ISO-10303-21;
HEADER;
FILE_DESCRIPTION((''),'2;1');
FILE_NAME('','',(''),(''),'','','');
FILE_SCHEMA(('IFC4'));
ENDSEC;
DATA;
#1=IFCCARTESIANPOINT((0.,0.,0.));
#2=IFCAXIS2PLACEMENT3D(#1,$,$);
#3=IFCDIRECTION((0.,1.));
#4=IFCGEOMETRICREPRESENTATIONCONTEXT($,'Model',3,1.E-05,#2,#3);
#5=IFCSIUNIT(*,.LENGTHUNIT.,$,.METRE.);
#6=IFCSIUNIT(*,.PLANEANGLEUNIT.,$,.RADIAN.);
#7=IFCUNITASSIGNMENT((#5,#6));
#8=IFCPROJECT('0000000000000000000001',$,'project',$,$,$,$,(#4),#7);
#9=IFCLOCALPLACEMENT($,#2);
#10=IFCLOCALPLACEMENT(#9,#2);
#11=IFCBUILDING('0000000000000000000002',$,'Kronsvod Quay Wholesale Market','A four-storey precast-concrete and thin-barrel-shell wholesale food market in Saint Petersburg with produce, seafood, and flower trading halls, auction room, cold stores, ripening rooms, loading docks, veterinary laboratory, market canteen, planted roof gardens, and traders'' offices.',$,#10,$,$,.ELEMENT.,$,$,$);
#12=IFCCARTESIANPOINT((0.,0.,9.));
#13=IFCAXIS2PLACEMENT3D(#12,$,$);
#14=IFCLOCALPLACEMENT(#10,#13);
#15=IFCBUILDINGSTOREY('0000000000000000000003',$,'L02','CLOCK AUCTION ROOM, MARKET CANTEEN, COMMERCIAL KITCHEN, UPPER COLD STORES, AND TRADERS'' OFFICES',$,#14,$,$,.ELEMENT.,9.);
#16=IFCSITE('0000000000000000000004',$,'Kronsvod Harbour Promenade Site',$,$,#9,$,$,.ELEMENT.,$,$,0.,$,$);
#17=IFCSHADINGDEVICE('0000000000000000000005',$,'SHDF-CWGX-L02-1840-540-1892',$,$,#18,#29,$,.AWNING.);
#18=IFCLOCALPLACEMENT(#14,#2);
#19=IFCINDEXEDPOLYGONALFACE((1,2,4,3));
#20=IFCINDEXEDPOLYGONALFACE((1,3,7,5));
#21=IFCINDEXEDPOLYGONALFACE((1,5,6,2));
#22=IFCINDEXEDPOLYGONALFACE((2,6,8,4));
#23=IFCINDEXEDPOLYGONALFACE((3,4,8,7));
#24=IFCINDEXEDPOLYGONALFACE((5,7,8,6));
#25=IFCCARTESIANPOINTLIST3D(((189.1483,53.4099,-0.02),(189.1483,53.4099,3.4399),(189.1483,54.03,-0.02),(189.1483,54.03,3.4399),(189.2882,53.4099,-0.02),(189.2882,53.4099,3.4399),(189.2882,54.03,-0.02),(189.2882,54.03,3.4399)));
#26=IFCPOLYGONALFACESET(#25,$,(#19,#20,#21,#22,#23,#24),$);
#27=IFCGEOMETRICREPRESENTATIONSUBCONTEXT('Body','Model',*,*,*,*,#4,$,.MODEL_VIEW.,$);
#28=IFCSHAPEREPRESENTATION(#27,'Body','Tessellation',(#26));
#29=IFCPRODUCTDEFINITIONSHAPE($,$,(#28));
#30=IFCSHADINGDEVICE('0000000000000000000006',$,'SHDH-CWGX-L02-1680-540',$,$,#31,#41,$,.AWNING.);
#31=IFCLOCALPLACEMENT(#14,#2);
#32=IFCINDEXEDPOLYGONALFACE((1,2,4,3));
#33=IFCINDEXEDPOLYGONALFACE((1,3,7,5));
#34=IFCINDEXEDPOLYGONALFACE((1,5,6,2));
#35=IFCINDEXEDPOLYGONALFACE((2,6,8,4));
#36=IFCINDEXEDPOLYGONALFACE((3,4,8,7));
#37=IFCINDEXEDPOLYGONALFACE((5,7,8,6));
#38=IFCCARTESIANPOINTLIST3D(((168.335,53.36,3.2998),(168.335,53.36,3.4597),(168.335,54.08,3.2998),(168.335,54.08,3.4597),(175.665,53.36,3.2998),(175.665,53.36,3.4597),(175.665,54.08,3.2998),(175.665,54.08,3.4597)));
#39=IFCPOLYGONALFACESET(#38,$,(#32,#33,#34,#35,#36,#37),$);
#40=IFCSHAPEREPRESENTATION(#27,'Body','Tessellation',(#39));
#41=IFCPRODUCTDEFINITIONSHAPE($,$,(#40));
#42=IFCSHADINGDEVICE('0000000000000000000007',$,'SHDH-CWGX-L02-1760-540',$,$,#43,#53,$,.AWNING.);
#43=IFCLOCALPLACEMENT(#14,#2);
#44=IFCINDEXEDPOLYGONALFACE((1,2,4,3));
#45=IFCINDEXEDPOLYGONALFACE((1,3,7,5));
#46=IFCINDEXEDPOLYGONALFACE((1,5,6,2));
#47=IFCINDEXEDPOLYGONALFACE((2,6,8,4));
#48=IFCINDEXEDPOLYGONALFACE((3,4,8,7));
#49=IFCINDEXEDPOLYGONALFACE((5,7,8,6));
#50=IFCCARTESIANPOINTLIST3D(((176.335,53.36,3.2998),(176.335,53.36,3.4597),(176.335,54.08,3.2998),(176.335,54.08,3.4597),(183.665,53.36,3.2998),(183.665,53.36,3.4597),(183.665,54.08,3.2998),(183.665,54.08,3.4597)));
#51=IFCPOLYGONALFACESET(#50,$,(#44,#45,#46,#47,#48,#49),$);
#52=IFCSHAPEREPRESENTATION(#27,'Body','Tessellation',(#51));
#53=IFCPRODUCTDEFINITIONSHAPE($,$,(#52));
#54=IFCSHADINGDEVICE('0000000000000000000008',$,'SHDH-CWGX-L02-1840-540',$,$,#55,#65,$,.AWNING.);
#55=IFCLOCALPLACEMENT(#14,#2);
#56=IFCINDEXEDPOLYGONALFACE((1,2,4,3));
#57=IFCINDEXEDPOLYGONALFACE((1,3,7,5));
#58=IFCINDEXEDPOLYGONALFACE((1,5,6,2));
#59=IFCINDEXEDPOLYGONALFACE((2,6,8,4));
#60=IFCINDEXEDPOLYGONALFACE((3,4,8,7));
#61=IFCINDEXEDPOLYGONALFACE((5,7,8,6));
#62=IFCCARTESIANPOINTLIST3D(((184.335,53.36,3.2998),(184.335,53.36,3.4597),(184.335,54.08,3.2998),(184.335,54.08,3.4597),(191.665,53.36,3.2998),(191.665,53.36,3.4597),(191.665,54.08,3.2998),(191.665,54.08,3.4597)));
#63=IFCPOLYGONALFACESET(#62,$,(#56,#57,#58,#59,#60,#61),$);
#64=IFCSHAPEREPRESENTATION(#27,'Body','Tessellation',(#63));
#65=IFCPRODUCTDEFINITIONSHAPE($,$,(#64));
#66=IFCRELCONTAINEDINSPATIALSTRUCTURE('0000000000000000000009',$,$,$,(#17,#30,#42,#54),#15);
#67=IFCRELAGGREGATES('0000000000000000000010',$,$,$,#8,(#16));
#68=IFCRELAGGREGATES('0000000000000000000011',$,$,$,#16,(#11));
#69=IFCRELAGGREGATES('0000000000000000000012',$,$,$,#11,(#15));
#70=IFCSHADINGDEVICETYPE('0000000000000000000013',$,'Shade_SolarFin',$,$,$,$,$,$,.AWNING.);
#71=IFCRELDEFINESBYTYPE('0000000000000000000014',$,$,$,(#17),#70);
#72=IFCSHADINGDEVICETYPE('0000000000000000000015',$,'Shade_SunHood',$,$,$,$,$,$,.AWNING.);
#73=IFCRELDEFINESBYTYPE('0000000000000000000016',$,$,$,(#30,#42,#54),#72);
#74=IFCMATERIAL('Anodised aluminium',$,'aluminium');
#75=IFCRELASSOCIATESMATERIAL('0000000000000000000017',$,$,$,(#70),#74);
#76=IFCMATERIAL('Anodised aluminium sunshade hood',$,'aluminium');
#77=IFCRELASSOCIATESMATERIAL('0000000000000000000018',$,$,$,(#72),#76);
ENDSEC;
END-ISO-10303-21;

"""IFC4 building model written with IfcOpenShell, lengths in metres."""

from ifc_helpers import new_model, si_unit, direction, frame, origin, origin_2d, place, context, subcontext, project, spatial, rectangle, extrude, material, type_object, element, save


model = new_model("IFC4")

# Units and contexts
model_context = context("Model", 3, precision=1e-05, world=origin(), true_north=direction((0.0, 1.0)))
body_context = subcontext(model_context, "Body", "Model", "MODEL_VIEW")
ifc_project = project(units=[si_unit("LENGTHUNIT", "METRE"), si_unit("PLANEANGLEUNIT", "RADIAN")], contexts=[model_context])

# Site, building, storey
site_placement = place(None, origin())
site = spatial("IfcSite", under=ifc_project, at=site_placement, Name="Kronsvod Harbour Promenade Site", CompositionType="ELEMENT", RefElevation=0.0)
building_placement = place(site_placement, origin())
building = spatial("IfcBuilding", under=site, at=building_placement, Name="Kronsvod Quay Wholesale Market", Description="A four-storey precast-concrete and thin-barrel-shell wholesale food market in Saint Petersburg with produce, seafood, and flower trading halls, auction room, cold stores, ripening rooms, loading docks, veterinary laboratory, market canteen, planted roof gardens, and traders' offices.", CompositionType="ELEMENT")
storey_placement = place(building_placement, frame((0.0, 0.0, 9.0)))
storey = spatial("IfcBuildingStorey", under=building, at=storey_placement, Name="L02", Description="CLOCK AUCTION ROOM, MARKET CANTEEN, COMMERCIAL KITCHEN, UPPER COLD STORES, AND TRADERS' OFFICES", CompositionType="ELEMENT", Elevation=9.0)

# Shading devices
ifc_material_1 = material(Name="Anodised aluminium", Category="aluminium")
shading_device_type_1 = type_object("IfcShadingDeviceType", Name="Shade_SolarFin", PredefinedType="AWNING", material=ifc_material_1)
for number, where, z_axis, x_axis, name in (
    (1, (189.2183, 53.72, -0.02), (0.0, 0.0, 1.0), (1.0, 0.0, 0.0), "SHDF-CWGX-L02-1840-540-1892"),
):
    element("IfcShadingDevice", number, at=place(storey_placement, frame(where, z_axis=z_axis, x_axis=x_axis)), inside=storey, type_object=shading_device_type_1, Name=name, PredefinedType="AWNING", context=body_context, shape_type="SweptSolid", body=[
        extrude(rectangle(XDim=0.1399, YDim=0.6201, at=origin_2d()), origin(), (0.0, 0.0, 1.0), 3.46),
    ])
ifc_material_2 = material(Name="Anodised aluminium sunshade hood", Category="aluminium")
shading_device_type_2 = type_object("IfcShadingDeviceType", Name="Shade_SunHood", PredefinedType="AWNING", material=ifc_material_2)
for number, where, z_axis, x_axis, name in (
    (2, (172.0, 53.72, 3.2998), (0.0, 0.0, 1.0), (1.0, 0.0, 0.0), "SHDH-CWGX-L02-1680-540"),
    (3, (180.0, 53.72, 3.2998), (0.0, 0.0, 1.0), (1.0, 0.0, 0.0), "SHDH-CWGX-L02-1760-540"),
    (4, (188.0, 53.72, 3.2998), (0.0, 0.0, 1.0), (1.0, 0.0, 0.0), "SHDH-CWGX-L02-1840-540"),
):
    element("IfcShadingDevice", number, at=place(storey_placement, frame(where, z_axis=z_axis, x_axis=x_axis)), inside=storey, type_object=shading_device_type_2, Name=name, PredefinedType="AWNING", context=body_context, shape_type="SweptSolid", body=[
        extrude(rectangle(XDim=7.3301, YDim=0.72, at=origin_2d()), origin(), (0.0, 0.0, 1.0), 0.1599),
    ])

save(model, "model.ifc")
